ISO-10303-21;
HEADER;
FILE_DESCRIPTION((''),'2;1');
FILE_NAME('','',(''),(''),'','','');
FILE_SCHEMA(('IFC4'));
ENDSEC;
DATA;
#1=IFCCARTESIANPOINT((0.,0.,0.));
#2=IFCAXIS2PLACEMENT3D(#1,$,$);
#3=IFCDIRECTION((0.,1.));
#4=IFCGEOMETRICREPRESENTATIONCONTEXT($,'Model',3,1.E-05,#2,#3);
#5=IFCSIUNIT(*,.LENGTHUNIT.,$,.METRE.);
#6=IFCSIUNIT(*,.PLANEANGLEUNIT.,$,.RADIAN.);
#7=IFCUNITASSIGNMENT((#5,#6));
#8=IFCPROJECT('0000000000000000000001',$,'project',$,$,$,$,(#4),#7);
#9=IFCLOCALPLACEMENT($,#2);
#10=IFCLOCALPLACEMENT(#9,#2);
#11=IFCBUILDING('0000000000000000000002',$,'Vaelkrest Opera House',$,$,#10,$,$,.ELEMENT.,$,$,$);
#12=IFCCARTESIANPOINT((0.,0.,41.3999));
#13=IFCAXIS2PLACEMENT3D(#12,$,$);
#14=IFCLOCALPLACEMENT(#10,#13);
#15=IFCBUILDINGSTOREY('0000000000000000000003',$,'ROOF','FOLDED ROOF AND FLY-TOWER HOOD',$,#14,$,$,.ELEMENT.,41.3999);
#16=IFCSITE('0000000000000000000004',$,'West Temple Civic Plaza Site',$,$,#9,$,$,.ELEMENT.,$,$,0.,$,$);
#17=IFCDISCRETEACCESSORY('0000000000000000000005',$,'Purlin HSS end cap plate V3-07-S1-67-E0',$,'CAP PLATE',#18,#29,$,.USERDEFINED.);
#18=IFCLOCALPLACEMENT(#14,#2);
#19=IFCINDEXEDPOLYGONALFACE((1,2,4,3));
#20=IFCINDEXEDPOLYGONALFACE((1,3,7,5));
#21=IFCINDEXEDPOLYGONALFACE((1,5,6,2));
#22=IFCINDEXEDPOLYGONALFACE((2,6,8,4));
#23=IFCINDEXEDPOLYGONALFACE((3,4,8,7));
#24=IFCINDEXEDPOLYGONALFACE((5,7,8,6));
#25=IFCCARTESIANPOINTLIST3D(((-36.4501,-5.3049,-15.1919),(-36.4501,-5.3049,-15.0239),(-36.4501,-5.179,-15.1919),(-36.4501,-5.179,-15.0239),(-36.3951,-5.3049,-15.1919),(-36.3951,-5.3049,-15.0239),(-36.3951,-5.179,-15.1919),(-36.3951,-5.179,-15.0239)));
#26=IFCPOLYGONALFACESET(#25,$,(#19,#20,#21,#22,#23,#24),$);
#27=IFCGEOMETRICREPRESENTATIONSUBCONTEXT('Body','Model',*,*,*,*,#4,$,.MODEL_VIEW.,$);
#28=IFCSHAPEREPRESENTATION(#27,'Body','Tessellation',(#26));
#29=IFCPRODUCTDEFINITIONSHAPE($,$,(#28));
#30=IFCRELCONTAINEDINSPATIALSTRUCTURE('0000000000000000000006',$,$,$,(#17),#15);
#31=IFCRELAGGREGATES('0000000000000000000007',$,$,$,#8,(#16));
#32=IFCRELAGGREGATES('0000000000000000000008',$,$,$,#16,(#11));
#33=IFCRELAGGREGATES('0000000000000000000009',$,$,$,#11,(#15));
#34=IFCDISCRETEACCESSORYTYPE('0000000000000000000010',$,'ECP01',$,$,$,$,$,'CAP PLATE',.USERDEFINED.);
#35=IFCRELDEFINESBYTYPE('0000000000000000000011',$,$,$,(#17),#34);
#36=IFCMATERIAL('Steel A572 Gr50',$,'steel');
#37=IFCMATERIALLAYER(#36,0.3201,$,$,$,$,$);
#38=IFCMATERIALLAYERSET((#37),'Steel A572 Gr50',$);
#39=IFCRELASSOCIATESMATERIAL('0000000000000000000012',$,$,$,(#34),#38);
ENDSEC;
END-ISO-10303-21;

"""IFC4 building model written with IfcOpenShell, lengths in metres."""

from ifc_helpers import new_model, si_unit, direction, frame, origin, origin_2d, place, context, subcontext, project, spatial, rectangle, extrude, material, layer, layer_set, type_object, element, save


model = new_model("IFC4")

# Units and contexts
model_context = context("Model", 3, precision=1e-05, world=origin(), true_north=direction((0.0, 1.0)))
body_context = subcontext(model_context, "Body", "Model", "MODEL_VIEW")
ifc_project = project(units=[si_unit("LENGTHUNIT", "METRE"), si_unit("PLANEANGLEUNIT", "RADIAN")], contexts=[model_context])

# Site, building, storey
site_placement = place(None, origin())
site = spatial("IfcSite", under=ifc_project, at=site_placement, Name="West Temple Civic Plaza Site", CompositionType="ELEMENT", RefElevation=0.0)
building_placement = place(site_placement, origin())
building = spatial("IfcBuilding", under=site, at=building_placement, Name="Vaelkrest Opera House", CompositionType="ELEMENT")
storey_placement = place(building_placement, frame((0.0, 0.0, 41.3999)))
storey = spatial("IfcBuildingStorey", under=building, at=storey_placement, Name="ROOF", Description="FOLDED ROOF AND FLY-TOWER HOOD", CompositionType="ELEMENT", Elevation=41.3999)

# Shared definitions
ifc_material_1 = material(Name="Steel A572 Gr50", Category="steel")

# Discrete accessory
ifc_layer_1 = layer(ifc_material_1, 0.3201)
ifc_layer_set_1 = layer_set([ifc_layer_1], Name="Steel A572 Gr50")
discrete_accessory_type = type_object("IfcDiscreteAccessoryType", Name="ECP01", ElementType="CAP PLATE", PredefinedType="USERDEFINED", material=ifc_layer_set_1)
for number, where, z_axis, x_axis, name in (
    (1, (-36.4226, -5.2419, -15.1919), (0.0, 0.0, 1.0), (1.0, 0.0, 0.0), "Purlin HSS end cap plate V3-07-S1-67-E0"),
):
    element("IfcDiscreteAccessory", number, at=place(storey_placement, frame(where, z_axis=z_axis, x_axis=x_axis)), inside=storey, type_object=discrete_accessory_type, Name=name, ObjectType="CAP PLATE", PredefinedType="USERDEFINED", context=body_context, shape_type="SweptSolid", body=[
        extrude(rectangle(XDim=0.0549, YDim=0.126, at=origin_2d()), origin(), (0.0, 0.0, 1.0), 0.168),
    ])

save(model, "model.ifc")
